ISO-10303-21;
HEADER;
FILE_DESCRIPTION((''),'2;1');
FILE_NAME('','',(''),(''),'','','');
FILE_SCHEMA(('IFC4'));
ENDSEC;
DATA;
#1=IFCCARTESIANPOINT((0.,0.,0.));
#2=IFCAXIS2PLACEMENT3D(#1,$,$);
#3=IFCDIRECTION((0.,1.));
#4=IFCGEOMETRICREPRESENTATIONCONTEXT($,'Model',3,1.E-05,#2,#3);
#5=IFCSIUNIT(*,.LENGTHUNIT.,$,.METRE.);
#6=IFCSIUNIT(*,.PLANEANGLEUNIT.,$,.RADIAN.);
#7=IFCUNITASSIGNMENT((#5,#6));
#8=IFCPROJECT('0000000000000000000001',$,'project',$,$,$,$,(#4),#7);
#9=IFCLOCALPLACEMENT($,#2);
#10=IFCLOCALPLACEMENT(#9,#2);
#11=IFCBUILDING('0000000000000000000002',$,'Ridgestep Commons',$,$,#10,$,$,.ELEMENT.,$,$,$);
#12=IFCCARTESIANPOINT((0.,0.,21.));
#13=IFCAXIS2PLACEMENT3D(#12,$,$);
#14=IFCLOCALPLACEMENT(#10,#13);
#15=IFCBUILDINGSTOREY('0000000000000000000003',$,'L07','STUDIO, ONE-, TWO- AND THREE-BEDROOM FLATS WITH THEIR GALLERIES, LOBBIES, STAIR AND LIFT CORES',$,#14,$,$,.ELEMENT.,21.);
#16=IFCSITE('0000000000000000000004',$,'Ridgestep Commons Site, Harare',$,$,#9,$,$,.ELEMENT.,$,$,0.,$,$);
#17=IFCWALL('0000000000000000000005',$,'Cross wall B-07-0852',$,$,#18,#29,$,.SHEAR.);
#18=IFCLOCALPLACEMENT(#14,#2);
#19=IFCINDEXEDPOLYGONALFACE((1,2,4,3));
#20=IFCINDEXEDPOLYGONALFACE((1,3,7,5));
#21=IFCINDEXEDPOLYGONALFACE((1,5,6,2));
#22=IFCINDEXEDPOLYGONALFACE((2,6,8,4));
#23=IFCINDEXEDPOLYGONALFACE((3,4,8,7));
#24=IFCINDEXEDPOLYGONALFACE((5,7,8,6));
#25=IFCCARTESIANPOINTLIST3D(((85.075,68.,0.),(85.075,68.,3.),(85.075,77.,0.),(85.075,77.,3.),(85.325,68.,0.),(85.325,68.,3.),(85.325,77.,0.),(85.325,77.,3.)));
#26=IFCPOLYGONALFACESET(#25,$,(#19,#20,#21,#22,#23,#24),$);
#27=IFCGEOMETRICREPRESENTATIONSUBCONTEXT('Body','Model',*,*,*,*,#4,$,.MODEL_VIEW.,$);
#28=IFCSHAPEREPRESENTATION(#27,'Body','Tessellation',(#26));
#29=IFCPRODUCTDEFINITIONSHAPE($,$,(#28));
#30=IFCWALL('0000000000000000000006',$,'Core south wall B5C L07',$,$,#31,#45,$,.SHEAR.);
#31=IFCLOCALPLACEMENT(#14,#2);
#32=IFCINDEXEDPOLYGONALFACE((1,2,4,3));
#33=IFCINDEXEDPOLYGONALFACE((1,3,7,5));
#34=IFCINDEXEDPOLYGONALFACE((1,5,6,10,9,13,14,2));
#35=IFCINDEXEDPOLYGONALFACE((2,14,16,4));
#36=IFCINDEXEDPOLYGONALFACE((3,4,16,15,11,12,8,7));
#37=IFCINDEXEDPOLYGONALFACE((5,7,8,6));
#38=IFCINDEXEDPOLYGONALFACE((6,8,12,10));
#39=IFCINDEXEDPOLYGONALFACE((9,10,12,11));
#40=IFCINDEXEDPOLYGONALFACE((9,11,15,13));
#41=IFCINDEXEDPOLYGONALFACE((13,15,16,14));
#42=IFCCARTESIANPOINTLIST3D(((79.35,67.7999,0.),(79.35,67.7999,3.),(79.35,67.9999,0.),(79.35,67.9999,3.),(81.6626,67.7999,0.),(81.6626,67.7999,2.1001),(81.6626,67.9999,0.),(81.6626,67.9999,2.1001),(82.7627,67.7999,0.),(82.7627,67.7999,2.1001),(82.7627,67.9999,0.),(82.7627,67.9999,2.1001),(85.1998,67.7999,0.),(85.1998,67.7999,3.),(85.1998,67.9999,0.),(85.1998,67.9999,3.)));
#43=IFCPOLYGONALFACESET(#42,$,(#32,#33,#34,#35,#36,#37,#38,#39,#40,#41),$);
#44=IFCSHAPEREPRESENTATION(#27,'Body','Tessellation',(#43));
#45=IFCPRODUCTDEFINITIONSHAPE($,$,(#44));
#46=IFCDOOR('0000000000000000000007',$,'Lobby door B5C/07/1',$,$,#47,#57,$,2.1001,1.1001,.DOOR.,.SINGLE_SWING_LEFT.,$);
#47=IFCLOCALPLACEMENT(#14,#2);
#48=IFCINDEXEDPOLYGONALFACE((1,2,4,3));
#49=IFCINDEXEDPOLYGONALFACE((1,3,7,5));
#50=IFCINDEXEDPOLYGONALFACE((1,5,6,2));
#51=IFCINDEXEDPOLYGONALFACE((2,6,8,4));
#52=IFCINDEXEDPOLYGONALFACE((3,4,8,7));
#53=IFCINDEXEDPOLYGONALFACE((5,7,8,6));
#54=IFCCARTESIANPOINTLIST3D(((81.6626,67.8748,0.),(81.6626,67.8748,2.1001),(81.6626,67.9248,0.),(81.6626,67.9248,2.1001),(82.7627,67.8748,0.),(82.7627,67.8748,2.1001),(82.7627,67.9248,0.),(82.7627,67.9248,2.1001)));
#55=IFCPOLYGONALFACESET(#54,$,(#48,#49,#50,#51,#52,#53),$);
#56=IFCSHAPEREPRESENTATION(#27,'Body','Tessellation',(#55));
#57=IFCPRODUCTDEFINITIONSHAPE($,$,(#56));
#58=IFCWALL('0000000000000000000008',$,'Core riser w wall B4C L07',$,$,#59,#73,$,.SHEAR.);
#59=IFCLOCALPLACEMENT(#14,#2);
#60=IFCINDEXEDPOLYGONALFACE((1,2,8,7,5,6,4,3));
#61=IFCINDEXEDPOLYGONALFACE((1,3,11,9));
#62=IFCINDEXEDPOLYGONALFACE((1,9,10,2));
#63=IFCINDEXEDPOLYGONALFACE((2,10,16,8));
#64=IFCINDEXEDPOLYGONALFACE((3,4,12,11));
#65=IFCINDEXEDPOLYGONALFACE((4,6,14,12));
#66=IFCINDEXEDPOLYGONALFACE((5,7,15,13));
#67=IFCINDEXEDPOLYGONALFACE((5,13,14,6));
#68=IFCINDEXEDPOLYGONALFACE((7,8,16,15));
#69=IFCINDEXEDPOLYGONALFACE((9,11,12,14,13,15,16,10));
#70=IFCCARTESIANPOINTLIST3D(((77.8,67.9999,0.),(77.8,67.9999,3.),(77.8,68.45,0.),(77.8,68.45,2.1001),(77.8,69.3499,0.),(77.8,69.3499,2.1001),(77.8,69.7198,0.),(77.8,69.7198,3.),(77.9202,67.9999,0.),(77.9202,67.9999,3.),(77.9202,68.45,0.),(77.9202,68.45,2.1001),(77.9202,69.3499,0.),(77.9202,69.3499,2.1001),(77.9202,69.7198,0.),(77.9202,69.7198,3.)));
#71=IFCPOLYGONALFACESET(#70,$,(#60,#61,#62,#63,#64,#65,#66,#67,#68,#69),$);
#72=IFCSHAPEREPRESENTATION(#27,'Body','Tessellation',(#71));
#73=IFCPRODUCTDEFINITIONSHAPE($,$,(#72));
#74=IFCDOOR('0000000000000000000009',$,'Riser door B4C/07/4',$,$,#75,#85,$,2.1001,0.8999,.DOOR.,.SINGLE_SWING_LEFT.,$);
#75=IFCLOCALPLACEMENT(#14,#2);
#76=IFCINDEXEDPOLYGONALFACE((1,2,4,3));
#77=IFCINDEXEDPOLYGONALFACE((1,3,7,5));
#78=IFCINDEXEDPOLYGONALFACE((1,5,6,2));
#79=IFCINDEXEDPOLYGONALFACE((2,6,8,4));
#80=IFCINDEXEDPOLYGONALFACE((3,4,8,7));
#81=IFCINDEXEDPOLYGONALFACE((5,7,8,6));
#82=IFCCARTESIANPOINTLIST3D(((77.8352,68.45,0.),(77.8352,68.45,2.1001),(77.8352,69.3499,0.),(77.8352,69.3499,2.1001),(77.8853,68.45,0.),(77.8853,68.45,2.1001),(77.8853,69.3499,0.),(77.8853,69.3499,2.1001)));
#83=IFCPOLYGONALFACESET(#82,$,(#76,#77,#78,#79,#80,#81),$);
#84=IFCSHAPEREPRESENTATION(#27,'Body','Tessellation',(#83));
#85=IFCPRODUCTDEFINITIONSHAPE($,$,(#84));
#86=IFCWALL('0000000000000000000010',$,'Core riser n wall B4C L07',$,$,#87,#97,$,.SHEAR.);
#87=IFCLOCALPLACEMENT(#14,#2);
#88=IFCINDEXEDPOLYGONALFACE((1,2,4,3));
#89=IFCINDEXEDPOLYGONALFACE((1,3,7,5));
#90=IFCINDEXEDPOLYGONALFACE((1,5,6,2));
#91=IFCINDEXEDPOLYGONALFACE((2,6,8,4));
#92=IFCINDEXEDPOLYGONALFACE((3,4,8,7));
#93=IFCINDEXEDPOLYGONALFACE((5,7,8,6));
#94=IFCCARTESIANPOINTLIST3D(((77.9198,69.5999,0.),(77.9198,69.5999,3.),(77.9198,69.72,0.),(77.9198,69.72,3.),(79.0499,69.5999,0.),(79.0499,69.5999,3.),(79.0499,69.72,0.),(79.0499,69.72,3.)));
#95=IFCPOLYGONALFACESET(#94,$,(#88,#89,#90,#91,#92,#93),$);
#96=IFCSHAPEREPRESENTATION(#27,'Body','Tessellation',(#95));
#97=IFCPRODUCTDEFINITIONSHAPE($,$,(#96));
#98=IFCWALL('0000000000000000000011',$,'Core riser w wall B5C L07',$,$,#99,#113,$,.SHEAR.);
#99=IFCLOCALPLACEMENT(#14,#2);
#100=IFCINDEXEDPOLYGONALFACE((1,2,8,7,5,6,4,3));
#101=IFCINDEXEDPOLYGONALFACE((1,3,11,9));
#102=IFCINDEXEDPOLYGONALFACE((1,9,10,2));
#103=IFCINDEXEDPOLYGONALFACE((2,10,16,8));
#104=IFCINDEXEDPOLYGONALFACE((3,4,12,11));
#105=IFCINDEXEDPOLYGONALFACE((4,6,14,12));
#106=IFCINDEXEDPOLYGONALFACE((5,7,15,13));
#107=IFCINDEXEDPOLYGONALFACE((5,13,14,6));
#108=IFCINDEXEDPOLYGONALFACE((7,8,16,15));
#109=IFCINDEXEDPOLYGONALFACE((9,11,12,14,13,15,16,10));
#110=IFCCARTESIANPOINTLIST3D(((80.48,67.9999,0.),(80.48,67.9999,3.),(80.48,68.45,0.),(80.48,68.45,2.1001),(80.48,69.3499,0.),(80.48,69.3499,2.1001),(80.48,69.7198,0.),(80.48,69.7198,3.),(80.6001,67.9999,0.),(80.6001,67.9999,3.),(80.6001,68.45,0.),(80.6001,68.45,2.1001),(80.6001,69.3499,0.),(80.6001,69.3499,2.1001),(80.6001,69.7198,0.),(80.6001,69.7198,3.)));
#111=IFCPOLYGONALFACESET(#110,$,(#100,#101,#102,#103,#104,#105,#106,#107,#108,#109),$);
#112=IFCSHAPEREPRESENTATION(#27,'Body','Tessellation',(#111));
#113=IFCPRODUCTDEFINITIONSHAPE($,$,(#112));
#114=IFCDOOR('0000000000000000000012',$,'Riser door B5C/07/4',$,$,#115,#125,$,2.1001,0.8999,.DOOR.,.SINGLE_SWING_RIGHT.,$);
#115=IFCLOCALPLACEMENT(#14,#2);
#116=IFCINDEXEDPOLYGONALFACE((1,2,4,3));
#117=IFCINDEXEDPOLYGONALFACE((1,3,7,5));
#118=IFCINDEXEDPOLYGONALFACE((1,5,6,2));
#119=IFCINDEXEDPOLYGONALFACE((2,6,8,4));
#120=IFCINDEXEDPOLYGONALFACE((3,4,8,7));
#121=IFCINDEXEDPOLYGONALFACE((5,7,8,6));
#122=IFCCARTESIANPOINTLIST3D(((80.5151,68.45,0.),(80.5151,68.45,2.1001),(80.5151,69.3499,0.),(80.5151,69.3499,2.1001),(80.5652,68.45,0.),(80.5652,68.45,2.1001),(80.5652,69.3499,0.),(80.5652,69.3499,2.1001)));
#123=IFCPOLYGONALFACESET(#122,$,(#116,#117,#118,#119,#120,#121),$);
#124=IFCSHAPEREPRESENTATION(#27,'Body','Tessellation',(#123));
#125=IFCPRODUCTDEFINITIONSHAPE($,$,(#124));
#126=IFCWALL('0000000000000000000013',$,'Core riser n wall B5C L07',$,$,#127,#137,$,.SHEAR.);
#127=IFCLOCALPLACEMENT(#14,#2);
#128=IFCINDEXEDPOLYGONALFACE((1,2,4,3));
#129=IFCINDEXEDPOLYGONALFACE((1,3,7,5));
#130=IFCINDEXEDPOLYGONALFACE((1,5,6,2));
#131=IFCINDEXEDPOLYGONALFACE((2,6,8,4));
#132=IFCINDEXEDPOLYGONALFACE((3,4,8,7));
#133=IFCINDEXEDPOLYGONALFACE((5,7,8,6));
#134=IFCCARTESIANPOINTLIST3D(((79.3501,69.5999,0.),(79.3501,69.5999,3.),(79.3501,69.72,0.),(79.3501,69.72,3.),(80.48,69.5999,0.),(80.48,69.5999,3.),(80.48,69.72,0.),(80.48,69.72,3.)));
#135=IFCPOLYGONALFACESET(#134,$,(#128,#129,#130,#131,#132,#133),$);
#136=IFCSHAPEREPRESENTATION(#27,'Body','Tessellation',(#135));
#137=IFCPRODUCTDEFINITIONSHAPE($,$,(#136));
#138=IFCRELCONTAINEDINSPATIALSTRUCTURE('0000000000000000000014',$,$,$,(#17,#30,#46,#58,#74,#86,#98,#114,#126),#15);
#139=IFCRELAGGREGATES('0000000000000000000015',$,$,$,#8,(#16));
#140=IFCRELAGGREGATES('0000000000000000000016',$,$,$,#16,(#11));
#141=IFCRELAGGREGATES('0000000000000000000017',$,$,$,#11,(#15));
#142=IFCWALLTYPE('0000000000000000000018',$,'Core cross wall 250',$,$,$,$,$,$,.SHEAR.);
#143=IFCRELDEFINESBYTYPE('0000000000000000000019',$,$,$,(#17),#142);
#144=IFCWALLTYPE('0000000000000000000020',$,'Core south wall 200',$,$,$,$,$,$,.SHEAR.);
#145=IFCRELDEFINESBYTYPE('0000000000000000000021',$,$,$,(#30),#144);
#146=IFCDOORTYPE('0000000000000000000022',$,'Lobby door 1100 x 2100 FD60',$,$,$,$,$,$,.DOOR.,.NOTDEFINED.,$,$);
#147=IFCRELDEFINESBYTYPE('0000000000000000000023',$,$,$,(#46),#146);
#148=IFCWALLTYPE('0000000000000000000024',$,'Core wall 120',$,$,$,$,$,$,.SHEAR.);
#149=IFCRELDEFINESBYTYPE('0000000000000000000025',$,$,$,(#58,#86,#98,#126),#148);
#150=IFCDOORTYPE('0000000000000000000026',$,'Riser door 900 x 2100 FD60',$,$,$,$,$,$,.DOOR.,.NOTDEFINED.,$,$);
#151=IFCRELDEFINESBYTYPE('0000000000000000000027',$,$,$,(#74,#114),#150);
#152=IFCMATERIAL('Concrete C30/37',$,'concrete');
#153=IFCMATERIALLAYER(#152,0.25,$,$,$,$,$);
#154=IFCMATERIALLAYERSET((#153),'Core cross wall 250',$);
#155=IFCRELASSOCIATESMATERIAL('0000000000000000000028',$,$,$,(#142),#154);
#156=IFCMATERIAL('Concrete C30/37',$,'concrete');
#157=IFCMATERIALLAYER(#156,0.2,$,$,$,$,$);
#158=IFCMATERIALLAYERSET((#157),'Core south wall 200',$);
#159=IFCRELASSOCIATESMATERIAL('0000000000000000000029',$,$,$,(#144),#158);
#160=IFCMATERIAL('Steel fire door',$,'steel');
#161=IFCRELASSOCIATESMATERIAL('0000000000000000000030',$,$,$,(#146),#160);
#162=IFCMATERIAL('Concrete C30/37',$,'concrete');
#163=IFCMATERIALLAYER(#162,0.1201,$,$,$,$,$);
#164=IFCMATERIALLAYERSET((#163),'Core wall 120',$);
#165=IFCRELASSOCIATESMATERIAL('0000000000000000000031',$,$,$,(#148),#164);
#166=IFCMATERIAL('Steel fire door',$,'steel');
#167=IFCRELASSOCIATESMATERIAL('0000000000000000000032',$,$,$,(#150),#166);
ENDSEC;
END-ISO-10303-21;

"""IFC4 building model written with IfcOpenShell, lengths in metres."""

from ifc_helpers import new_model, si_unit, direction, frame, frame_2d, origin, place, context, subcontext, project, spatial, rectangle, extrude, material, layer, layer_set, type_object, element, fill, save


model = new_model("IFC4")

# Units and contexts
model_context = context("Model", 3, precision=1e-05, world=origin(), true_north=direction((0.0, 1.0)))
body_context = subcontext(model_context, "Body", "Model", "MODEL_VIEW")
ifc_project = project(units=[si_unit("LENGTHUNIT", "METRE"), si_unit("PLANEANGLEUNIT", "RADIAN")], contexts=[model_context])

# Site, building, storey
site_placement = place(None, origin())
site = spatial("IfcSite", under=ifc_project, at=site_placement, Name="Ridgestep Commons Site, Harare", CompositionType="ELEMENT", RefElevation=0.0)
building_placement = place(site_placement, origin())
building = spatial("IfcBuilding", under=site, at=building_placement, Name="Ridgestep Commons", CompositionType="ELEMENT")
storey_placement = place(building_placement, frame((0.0, 0.0, 21.0)))
storey = spatial("IfcBuildingStorey", under=building, at=storey_placement, Name="L07", Description="STUDIO, ONE-, TWO- AND THREE-BEDROOM FLATS WITH THEIR GALLERIES, LOBBIES, STAIR AND LIFT CORES", CompositionType="ELEMENT", Elevation=21.0)

# Wall
ifc_material_1 = material(Name="Concrete C30/37", Category="concrete")
ifc_layer_1 = layer(ifc_material_1, 0.25)
ifc_layer_set_1 = layer_set([ifc_layer_1], Name="Core cross wall 250")
wall_type_1 = type_object("IfcWallType", Name="Core cross wall 250", PredefinedType="SHEAR", material=ifc_layer_set_1)
wall_1_placement = place(storey_placement, frame((85.2, 68.0, 0.0), z_axis=(0.0, 0.0, 1.0), x_axis=(0.0, 1.0, 0.0)))
element("IfcWall", 1, at=wall_1_placement, inside=storey, type_object=wall_type_1, Name="Cross wall B-07-0852", PredefinedType="SHEAR", context=body_context, shape_type="SweptSolid", body=[
    extrude(rectangle(XDim=9.0, YDim=0.25, at=frame_2d((4.5, 0.0))), origin(), (0.0, 0.0, 1.0), 3.0),
])

# Walls, openings, doors
ifc_material_2 = material(Name="Concrete C30/37", Category="concrete")
ifc_layer_2 = layer(ifc_material_2, 0.2)
ifc_layer_set_2 = layer_set([ifc_layer_2], Name="Core south wall 200")
wall_type_2 = type_object("IfcWallType", Name="Core south wall 200", PredefinedType="SHEAR", material=ifc_layer_set_2)
wall_2_placement = place(storey_placement, frame((79.3501, 67.8999, 0.0), z_axis=(0.0, 0.0, 1.0), x_axis=(1.0, 0.0, 0.0)))
wall_2 = element("IfcWall", 2, at=wall_2_placement, inside=storey, type_object=wall_type_2, Name="Core south wall B5C L07", PredefinedType="SHEAR", context=body_context, shape_type="SweptSolid", body=[
    extrude(rectangle(XDim=5.8499, YDim=0.2, at=frame_2d((2.9248, 0.0))), origin(), (0.0, 0.0, 1.0), 3.0),
])
opening_1_placement = place(wall_2_placement, frame((2.3125, 0.0, 0.0)))
opening_1 = element("IfcOpeningElement", 3, at=opening_1_placement, cuts=wall_2, PredefinedType="OPENING", context=body_context, shape_type="SweptSolid", body=[
    extrude(rectangle(XDim=1.1001, YDim=2.1001, at=frame_2d((0.55, 1.05))), frame((0.0, 0.1099, 0.0), z_axis=(0.0, -1.0, 0.0), x_axis=(1.0, 0.0, 0.0)), (0.0, 0.0, 1.0), 0.22),
])
ifc_material_3 = material(Name="Steel fire door", Category="steel")
door_type_1 = type_object("IfcDoorType", Name="Lobby door 1100 x 2100 FD60", OperationType="NOTDEFINED", PredefinedType="DOOR", material=ifc_material_3)
door_1_placement = place(opening_1_placement, origin())
door_1 = element("IfcDoor", 4, at=door_1_placement, inside=storey, type_object=door_type_1, Name="Lobby door B5C/07/1", OperationType="SINGLE_SWING_LEFT", OverallHeight=2.1001, OverallWidth=1.1001, PredefinedType="DOOR", context=body_context, shape_type="SweptSolid", body=[
    extrude(rectangle(XDim=1.1001, YDim=2.1001, at=frame_2d((0.55, 1.05))), frame((0.0, 0.0249, 0.0), z_axis=(0.0, -1.0, 0.0), x_axis=(1.0, 0.0, 0.0)), (0.0, 0.0, 1.0), 0.05),
])
fill(opening_1, door_1)
ifc_material_4 = material(Name="Concrete C30/37", Category="concrete")
ifc_layer_3 = layer(ifc_material_4, 0.1201)
ifc_layer_set_3 = layer_set([ifc_layer_3], Name="Core wall 120")
wall_type_3 = type_object("IfcWallType", Name="Core wall 120", PredefinedType="SHEAR", material=ifc_layer_set_3)
wall_3_placement = place(storey_placement, frame((77.8601, 68.0, 0.0), z_axis=(0.0, 0.0, 1.0), x_axis=(0.0, 1.0, 0.0)))
wall_3 = element("IfcWall", 5, at=wall_3_placement, inside=storey, type_object=wall_type_3, Name="Core riser w wall B4C L07", PredefinedType="SHEAR", context=body_context, shape_type="SweptSolid", body=[
    extrude(rectangle(XDim=1.72, YDim=0.1201, at=frame_2d((0.8599, 0.0))), origin(), (0.0, 0.0, 1.0), 3.0),
])
opening_2_placement = place(wall_3_placement, frame((0.45, 0.0, 0.0)))
opening_2 = element("IfcOpeningElement", 6, at=opening_2_placement, cuts=wall_3, PredefinedType="OPENING", context=body_context, shape_type="SweptSolid", body=[
    extrude(rectangle(XDim=0.8999, YDim=2.1001, at=frame_2d((0.45, 1.05))), frame((0.0, 0.0701, 0.0), z_axis=(0.0, -1.0, 0.0), x_axis=(1.0, 0.0, 0.0)), (0.0, 0.0, 1.0), 0.1401),
])
ifc_material_5 = material(Name="Steel fire door", Category="steel")
door_type_2 = type_object("IfcDoorType", Name="Riser door 900 x 2100 FD60", OperationType="NOTDEFINED", PredefinedType="DOOR", material=ifc_material_5)
door_2_placement = place(opening_2_placement, origin())
door_2 = element("IfcDoor", 7, at=door_2_placement, inside=storey, type_object=door_type_2, Name="Riser door B4C/07/4", OperationType="SINGLE_SWING_LEFT", OverallHeight=2.1001, OverallWidth=0.8999, PredefinedType="DOOR", context=body_context, shape_type="SweptSolid", body=[
    extrude(rectangle(XDim=0.8999, YDim=2.1001, at=frame_2d((0.45, 1.05))), frame((0.0, 0.0249, 0.0), z_axis=(0.0, -1.0, 0.0), x_axis=(1.0, 0.0, 0.0)), (0.0, 0.0, 1.0), 0.05),
])
fill(opening_2, door_2)

# Wall
wall_4_placement = place(storey_placement, frame((77.9199, 69.6599, 0.0), z_axis=(0.0, 0.0, 1.0), x_axis=(1.0, 0.0, 0.0)))
element("IfcWall", 8, at=wall_4_placement, inside=storey, type_object=wall_type_3, Name="Core riser n wall B4C L07", PredefinedType="SHEAR", context=body_context, shape_type="SweptSolid", body=[
    extrude(rectangle(XDim=1.1301, YDim=0.1201, at=frame_2d((0.5649, 0.0))), origin(), (0.0, 0.0, 1.0), 3.0),
])

# Wall, opening, door
wall_5_placement = place(storey_placement, frame((80.54, 68.0, 0.0), z_axis=(0.0, 0.0, 1.0), x_axis=(0.0, 1.0, 0.0)))
wall_5 = element("IfcWall", 9, at=wall_5_placement, inside=storey, type_object=wall_type_3, Name="Core riser w wall B5C L07", PredefinedType="SHEAR", context=body_context, shape_type="SweptSolid", body=[
    extrude(rectangle(XDim=1.72, YDim=0.1201, at=frame_2d((0.8599, 0.0))), origin(), (0.0, 0.0, 1.0), 3.0),
])
opening_3_placement = place(wall_5_placement, frame((0.45, 0.0, 0.0)))
opening_3 = element("IfcOpeningElement", 10, at=opening_3_placement, cuts=wall_5, PredefinedType="OPENING", context=body_context, shape_type="SweptSolid", body=[
    extrude(rectangle(XDim=0.8999, YDim=2.1001, at=frame_2d((0.45, 1.05))), frame((0.0, 0.0701, 0.0), z_axis=(0.0, -1.0, 0.0), x_axis=(1.0, 0.0, 0.0)), (0.0, 0.0, 1.0), 0.1401),
])
door_3_placement = place(opening_3_placement, origin())
door_3 = element("IfcDoor", 11, at=door_3_placement, inside=storey, type_object=door_type_2, Name="Riser door B5C/07/4", OperationType="SINGLE_SWING_RIGHT", OverallHeight=2.1001, OverallWidth=0.8999, PredefinedType="DOOR", context=body_context, shape_type="SweptSolid", body=[
    extrude(rectangle(XDim=0.8999, YDim=2.1001, at=frame_2d((0.45, 1.05))), frame((0.0, 0.0249, 0.0), z_axis=(0.0, -1.0, 0.0), x_axis=(1.0, 0.0, 0.0)), (0.0, 0.0, 1.0), 0.05),
])
fill(opening_3, door_3)

# Wall
wall_6_placement = place(storey_placement, frame((79.3501, 69.6599, 0.0), z_axis=(0.0, 0.0, 1.0), x_axis=(1.0, 0.0, 0.0)))
element("IfcWall", 12, at=wall_6_placement, inside=storey, type_object=wall_type_3, Name="Core riser n wall B5C L07", PredefinedType="SHEAR", context=body_context, shape_type="SweptSolid", body=[
    extrude(rectangle(XDim=1.1299, YDim=0.1201, at=frame_2d((0.5649, 0.0))), origin(), (0.0, 0.0, 1.0), 3.0),
])

save(model, "model.ifc")
